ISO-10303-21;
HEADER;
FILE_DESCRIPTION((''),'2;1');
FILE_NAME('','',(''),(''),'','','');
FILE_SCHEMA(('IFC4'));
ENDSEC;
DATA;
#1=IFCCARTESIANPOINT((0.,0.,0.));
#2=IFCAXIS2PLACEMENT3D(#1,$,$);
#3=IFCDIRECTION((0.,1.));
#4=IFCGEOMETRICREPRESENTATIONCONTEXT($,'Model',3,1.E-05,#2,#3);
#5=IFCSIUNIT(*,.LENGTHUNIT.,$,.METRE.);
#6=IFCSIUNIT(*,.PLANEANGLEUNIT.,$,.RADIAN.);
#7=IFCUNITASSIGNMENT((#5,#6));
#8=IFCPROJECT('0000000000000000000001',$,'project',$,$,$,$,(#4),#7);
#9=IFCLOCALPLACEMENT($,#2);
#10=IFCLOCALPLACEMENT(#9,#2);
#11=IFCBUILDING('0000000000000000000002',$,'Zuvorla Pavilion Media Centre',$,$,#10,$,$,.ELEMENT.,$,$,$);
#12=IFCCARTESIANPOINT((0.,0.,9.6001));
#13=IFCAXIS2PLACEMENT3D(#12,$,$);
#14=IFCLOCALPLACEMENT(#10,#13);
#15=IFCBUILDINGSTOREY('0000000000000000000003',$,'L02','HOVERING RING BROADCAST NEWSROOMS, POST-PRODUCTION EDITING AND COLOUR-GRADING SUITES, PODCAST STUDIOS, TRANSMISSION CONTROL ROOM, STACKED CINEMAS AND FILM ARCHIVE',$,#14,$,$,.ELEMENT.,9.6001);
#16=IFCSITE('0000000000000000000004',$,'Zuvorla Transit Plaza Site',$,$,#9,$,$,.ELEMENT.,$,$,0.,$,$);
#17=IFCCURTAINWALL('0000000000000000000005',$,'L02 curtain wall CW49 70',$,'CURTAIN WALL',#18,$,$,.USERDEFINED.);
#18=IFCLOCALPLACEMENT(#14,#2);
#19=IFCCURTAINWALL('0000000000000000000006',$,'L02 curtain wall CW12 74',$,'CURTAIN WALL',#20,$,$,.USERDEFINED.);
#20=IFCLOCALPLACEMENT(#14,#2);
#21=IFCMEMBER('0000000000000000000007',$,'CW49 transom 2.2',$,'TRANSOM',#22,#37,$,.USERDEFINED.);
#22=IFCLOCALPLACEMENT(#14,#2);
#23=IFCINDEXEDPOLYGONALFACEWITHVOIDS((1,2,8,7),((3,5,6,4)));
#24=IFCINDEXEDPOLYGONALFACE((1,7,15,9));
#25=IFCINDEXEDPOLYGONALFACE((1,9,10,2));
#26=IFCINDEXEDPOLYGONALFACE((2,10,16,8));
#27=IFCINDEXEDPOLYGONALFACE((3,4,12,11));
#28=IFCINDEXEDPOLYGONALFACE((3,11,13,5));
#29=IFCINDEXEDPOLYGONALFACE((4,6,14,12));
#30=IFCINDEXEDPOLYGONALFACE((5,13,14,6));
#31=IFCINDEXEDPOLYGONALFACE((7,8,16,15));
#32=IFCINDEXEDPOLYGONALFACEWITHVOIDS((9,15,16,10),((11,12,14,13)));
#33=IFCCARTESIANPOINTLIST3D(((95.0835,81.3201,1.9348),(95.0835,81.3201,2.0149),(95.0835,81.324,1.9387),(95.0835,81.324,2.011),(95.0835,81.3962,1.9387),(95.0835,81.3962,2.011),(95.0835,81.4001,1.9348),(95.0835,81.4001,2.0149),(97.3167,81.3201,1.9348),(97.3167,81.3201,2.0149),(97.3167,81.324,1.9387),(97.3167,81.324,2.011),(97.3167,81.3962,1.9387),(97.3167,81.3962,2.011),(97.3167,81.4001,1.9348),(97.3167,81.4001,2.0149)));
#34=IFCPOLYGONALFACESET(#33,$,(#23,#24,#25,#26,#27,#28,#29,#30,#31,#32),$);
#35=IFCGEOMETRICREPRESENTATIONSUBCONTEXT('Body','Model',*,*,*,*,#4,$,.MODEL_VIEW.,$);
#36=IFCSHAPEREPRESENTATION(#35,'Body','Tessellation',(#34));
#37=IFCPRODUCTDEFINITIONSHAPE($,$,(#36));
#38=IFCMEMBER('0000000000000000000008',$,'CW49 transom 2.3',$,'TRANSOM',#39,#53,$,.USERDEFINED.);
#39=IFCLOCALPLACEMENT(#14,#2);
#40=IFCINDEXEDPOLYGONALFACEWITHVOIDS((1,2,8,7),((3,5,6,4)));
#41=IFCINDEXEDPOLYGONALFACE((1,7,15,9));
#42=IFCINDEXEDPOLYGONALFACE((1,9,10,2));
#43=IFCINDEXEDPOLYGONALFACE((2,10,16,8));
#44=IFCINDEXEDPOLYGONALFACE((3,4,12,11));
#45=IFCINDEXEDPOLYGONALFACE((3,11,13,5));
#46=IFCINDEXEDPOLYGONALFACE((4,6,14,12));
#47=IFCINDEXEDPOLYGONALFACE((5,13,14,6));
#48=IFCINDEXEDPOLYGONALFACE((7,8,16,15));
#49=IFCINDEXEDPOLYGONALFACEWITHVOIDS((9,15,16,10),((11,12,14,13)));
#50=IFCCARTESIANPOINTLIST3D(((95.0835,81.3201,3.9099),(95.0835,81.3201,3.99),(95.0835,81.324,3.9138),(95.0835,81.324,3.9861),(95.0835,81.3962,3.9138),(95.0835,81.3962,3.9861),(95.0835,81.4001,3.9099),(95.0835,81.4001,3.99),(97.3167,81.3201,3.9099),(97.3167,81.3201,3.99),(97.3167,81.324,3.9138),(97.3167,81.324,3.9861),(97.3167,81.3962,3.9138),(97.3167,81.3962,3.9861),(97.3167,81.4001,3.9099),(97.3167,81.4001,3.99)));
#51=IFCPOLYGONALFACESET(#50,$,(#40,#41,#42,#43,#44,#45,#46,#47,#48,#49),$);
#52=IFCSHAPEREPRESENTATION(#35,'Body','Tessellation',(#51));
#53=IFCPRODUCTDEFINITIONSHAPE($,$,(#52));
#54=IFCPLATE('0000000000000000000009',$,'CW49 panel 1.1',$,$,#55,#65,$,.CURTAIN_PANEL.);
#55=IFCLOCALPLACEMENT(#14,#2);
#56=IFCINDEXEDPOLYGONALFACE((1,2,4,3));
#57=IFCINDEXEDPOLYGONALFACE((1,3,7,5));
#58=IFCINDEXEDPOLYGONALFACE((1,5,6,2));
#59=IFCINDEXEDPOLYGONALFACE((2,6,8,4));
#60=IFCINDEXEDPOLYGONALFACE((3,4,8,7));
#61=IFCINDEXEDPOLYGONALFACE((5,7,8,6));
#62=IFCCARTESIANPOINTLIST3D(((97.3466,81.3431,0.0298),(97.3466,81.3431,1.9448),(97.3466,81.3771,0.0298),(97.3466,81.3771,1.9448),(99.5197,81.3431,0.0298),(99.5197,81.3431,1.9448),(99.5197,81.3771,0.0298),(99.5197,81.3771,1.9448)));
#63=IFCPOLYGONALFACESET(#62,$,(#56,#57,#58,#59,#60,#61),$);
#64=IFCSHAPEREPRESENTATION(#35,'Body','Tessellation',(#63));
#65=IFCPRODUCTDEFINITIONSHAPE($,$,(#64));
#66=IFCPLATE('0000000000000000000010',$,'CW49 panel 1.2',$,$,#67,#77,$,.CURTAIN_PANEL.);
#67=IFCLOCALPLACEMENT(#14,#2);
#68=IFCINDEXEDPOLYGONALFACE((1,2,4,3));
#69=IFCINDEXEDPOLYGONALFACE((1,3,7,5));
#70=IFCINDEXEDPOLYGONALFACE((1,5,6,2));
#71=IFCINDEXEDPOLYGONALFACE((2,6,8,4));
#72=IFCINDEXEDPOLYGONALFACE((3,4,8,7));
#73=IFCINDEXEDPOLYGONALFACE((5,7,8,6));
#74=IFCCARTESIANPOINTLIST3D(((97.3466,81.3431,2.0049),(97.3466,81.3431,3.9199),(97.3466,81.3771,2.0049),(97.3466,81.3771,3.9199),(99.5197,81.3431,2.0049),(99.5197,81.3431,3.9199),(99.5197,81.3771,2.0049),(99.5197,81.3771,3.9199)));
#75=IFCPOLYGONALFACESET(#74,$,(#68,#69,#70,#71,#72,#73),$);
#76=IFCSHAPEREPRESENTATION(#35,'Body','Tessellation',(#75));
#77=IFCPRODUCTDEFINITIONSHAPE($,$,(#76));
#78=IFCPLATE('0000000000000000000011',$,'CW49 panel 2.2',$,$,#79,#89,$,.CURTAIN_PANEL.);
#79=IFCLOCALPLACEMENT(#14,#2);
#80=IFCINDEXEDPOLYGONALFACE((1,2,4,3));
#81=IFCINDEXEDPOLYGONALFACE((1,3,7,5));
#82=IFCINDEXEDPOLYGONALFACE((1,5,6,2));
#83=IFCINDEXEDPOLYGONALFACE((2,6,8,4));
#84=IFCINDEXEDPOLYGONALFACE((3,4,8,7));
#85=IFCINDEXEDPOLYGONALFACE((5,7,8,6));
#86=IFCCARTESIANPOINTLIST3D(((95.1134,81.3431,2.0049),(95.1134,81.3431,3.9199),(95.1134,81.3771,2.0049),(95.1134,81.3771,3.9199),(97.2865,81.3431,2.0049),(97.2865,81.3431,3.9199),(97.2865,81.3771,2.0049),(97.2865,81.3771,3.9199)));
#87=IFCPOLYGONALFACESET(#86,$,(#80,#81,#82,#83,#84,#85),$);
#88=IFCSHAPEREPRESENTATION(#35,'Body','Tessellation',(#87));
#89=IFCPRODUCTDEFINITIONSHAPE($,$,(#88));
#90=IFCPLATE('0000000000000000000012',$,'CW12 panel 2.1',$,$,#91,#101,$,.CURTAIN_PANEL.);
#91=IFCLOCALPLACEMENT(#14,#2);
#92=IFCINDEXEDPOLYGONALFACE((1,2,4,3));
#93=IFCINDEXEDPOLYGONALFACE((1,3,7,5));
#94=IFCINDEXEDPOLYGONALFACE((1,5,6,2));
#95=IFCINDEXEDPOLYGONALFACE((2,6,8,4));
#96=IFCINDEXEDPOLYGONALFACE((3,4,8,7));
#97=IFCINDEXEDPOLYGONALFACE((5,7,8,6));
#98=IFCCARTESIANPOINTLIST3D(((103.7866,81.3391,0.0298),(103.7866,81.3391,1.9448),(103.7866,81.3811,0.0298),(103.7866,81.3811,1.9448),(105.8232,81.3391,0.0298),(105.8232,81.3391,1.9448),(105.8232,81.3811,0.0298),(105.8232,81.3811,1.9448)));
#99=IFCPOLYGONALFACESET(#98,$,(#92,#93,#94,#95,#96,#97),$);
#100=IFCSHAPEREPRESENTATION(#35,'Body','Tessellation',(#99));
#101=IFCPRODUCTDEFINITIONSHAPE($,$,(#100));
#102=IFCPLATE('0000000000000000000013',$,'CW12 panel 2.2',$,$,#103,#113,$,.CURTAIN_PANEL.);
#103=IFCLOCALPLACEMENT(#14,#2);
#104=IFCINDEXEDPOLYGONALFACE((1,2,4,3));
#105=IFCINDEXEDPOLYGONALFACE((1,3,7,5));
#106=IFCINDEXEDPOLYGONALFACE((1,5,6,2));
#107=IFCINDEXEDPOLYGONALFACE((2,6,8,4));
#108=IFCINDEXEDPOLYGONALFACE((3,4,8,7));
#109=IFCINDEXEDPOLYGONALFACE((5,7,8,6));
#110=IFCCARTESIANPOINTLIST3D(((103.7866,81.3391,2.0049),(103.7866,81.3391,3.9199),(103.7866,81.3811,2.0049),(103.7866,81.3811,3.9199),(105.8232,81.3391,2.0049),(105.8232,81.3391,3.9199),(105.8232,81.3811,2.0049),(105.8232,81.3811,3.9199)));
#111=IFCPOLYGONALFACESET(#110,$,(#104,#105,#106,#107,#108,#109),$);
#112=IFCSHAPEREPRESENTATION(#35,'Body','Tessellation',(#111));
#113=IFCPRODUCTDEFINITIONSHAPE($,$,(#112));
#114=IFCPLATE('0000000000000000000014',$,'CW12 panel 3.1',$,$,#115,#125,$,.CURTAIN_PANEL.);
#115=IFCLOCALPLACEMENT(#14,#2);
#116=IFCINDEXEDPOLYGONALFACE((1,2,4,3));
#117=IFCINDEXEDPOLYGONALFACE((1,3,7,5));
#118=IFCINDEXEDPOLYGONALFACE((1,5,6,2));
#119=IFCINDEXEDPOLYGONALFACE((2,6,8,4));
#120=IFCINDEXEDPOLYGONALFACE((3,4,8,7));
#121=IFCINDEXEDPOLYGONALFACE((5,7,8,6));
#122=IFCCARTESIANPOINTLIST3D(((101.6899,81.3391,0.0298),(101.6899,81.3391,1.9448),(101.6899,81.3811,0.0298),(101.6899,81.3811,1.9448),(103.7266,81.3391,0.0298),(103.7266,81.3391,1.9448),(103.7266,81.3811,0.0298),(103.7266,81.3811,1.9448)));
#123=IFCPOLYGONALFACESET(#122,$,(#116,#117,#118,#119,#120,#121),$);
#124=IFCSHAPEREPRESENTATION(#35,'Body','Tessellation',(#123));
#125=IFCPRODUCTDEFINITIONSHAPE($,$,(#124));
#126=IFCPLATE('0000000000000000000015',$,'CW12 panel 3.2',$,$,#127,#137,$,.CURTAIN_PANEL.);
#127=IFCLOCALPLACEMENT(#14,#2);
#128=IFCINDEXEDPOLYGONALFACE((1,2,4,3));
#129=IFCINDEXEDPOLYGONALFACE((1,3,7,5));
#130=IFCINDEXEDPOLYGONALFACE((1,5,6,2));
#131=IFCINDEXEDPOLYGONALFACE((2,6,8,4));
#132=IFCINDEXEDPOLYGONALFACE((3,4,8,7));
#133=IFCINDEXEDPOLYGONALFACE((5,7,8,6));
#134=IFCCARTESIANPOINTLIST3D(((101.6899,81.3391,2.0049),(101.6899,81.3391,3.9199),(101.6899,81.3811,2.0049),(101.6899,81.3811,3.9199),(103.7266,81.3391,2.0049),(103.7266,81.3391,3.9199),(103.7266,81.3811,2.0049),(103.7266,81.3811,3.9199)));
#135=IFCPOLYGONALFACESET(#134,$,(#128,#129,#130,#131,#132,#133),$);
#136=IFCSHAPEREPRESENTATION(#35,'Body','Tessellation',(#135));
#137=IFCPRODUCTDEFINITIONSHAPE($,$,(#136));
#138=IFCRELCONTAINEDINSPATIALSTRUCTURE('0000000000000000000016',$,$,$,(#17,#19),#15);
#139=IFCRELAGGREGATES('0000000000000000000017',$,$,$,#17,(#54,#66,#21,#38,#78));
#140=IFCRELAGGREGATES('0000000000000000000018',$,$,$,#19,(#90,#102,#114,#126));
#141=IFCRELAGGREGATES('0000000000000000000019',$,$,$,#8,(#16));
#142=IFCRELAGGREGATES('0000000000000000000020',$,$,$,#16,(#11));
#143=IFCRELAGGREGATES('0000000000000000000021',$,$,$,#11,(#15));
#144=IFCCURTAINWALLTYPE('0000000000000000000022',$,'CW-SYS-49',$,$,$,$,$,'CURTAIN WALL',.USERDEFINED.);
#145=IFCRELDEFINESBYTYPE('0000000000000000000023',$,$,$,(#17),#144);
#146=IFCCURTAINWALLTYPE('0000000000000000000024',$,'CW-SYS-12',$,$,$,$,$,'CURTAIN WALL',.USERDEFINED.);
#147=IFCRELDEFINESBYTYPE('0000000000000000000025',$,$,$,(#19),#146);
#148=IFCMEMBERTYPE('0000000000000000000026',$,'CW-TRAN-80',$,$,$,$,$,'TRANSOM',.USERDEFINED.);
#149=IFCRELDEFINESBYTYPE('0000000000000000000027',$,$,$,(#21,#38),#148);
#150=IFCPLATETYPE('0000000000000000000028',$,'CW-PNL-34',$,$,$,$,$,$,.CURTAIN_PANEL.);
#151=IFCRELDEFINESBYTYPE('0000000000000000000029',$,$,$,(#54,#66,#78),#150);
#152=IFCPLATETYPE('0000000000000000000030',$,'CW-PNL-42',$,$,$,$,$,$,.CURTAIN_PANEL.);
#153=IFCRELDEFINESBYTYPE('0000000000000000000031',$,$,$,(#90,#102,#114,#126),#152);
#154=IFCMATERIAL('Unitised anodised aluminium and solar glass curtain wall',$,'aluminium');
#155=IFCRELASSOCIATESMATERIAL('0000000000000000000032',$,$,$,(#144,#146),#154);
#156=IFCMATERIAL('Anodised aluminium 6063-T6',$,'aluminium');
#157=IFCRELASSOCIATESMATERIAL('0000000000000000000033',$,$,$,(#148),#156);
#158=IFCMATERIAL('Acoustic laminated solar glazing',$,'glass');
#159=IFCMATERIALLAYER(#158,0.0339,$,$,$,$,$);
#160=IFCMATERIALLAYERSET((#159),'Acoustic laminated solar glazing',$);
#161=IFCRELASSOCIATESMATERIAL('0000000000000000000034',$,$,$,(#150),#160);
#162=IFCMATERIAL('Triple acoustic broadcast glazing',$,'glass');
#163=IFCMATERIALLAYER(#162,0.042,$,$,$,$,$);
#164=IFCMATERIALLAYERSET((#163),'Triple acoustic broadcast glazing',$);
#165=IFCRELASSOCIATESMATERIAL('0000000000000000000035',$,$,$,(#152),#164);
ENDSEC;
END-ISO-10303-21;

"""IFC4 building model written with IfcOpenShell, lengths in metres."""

from ifc_helpers import new_model, si_unit, direction, frame, origin, origin_2d, place, context, subcontext, project, spatial, rectangle, hollow_rectangle, extrude, material, layer, layer_set, material_profile, profile_set, type_object, element, aggregate, save


model = new_model("IFC4")

# Units and contexts
model_context = context("Model", 3, precision=1e-05, world=origin(), true_north=direction((0.0, 1.0)))
body_context = subcontext(model_context, "Body", "Model", "MODEL_VIEW")
ifc_project = project(units=[si_unit("LENGTHUNIT", "METRE"), si_unit("PLANEANGLEUNIT", "RADIAN")], contexts=[model_context])

# Site, building, storey
site_placement = place(None, origin())
site = spatial("IfcSite", under=ifc_project, at=site_placement, Name="Zuvorla Transit Plaza Site", CompositionType="ELEMENT", RefElevation=0.0)
building_placement = place(site_placement, origin())
building = spatial("IfcBuilding", under=site, at=building_placement, Name="Zuvorla Pavilion Media Centre", CompositionType="ELEMENT")
storey_placement = place(building_placement, frame((0.0, 0.0, 9.6001)))
storey = spatial("IfcBuildingStorey", under=building, at=storey_placement, Name="L02", Description="HOVERING RING BROADCAST NEWSROOMS, POST-PRODUCTION EDITING AND COLOUR-GRADING SUITES, PODCAST STUDIOS, TRANSMISSION CONTROL ROOM, STACKED CINEMAS AND FILM ARCHIVE", CompositionType="ELEMENT", Elevation=9.6001)

# Curtain walls
ifc_material_1 = material(Name="Unitised anodised aluminium and solar glass curtain wall", Category="aluminium")
curtain_wall_type_1 = type_object("IfcCurtainWallType", Name="CW-SYS-49", ElementType="CURTAIN WALL", PredefinedType="USERDEFINED", material=ifc_material_1)
curtain_wall_1_placement = place(storey_placement, origin())
curtain_wall_1 = element("IfcCurtainWall", 1, at=curtain_wall_1_placement, inside=storey, type_object=curtain_wall_type_1, Name="L02 curtain wall CW49 70", ObjectType="CURTAIN WALL", PredefinedType="USERDEFINED")
ifc_material_2 = material(Name="Anodised aluminium 6063-T6", Category="aluminium")
curtain_wall_type_2 = type_object("IfcCurtainWallType", Name="CW-SYS-12", ElementType="CURTAIN WALL", PredefinedType="USERDEFINED", material=ifc_material_1)
curtain_wall_2_placement = place(storey_placement, origin())
curtain_wall_2 = element("IfcCurtainWall", 2, at=curtain_wall_2_placement, inside=storey, type_object=curtain_wall_type_2, Name="L02 curtain wall CW12 74", ObjectType="CURTAIN WALL", PredefinedType="USERDEFINED")

# Members
ifc_material_profile_1 = material_profile(ifc_material_2, hollow_rectangle(XDim=0.0801, YDim=0.0801, WallThickness=0.0039, at=origin_2d()), Name="ALU TRAN 80x80")
ifc_profile_set_1 = profile_set([ifc_material_profile_1], Name="Anodised aluminium 6063-T6")
member_type_1 = type_object("IfcMemberType", Name="CW-TRAN-80", ElementType="TRANSOM", PredefinedType="USERDEFINED", material=ifc_profile_set_1)
member_1_placement = place(storey_placement, frame((97.3167, 81.3601, 1.9749), z_axis=(-1.0, 0.0, 0.0), x_axis=(0.0, -1.0, 0.0)))
member_1 = element("IfcMember", 3, at=member_1_placement, type_object=member_type_1, Name="CW49 transom 2.2", ObjectType="TRANSOM", PredefinedType="USERDEFINED", context=body_context, shape_type="SweptSolid", body=[
    extrude(hollow_rectangle(XDim=0.0801, YDim=0.0801, WallThickness=0.0039, at=origin_2d()), origin(), (0.0, 0.0, 1.0), 2.2332),
])
member_2_placement = place(storey_placement, frame((97.3167, 81.3601, 3.95), z_axis=(-1.0, 0.0, 0.0), x_axis=(0.0, -1.0, 0.0)))
member_2 = element("IfcMember", 4, at=member_2_placement, type_object=member_type_1, Name="CW49 transom 2.3", ObjectType="TRANSOM", PredefinedType="USERDEFINED", context=body_context, shape_type="SweptSolid", body=[
    extrude(hollow_rectangle(XDim=0.0801, YDim=0.0801, WallThickness=0.0039, at=origin_2d()), origin(), (0.0, 0.0, 1.0), 2.2332),
])

# Plates
ifc_material_3 = material(Name="Acoustic laminated solar glazing", Category="glass")
ifc_layer_1 = layer(ifc_material_3, 0.0339)
ifc_layer_set_1 = layer_set([ifc_layer_1], Name="Acoustic laminated solar glazing")
plate_type_1 = type_object("IfcPlateType", Name="CW-PNL-34", PredefinedType="CURTAIN_PANEL", material=ifc_layer_set_1)
plate_1_placement = place(storey_placement, frame((98.4331, 81.3601, 0.0298), z_axis=(0.0, 0.0, 1.0), x_axis=(-1.0, 0.0, 0.0)))
plate_1 = element("IfcPlate", 5, at=plate_1_placement, type_object=plate_type_1, Name="CW49 panel 1.1", PredefinedType="CURTAIN_PANEL", context=body_context, shape_type="SweptSolid", body=[
    extrude(rectangle(XDim=2.1731, YDim=0.0339, at=origin_2d()), origin(), (0.0, 0.0, 1.0), 1.915),
])
plate_2_placement = place(storey_placement, frame((98.4331, 81.3601, 2.0049), z_axis=(0.0, 0.0, 1.0), x_axis=(-1.0, 0.0, 0.0)))
plate_2 = element("IfcPlate", 6, at=plate_2_placement, type_object=plate_type_1, Name="CW49 panel 1.2", PredefinedType="CURTAIN_PANEL", context=body_context, shape_type="SweptSolid", body=[
    extrude(rectangle(XDim=2.1731, YDim=0.0339, at=origin_2d()), origin(), (0.0, 0.0, 1.0), 1.915),
])
plate_3_placement = place(storey_placement, frame((96.2, 81.3601, 2.0049), z_axis=(0.0, 0.0, 1.0), x_axis=(-1.0, 0.0, 0.0)))
plate_3 = element("IfcPlate", 7, at=plate_3_placement, type_object=plate_type_1, Name="CW49 panel 2.2", PredefinedType="CURTAIN_PANEL", context=body_context, shape_type="SweptSolid", body=[
    extrude(rectangle(XDim=2.1731, YDim=0.0339, at=origin_2d()), origin(), (0.0, 0.0, 1.0), 1.915),
])
aggregate(curtain_wall_1, [plate_1, plate_2, member_1, member_2, plate_3])
ifc_material_4 = material(Name="Triple acoustic broadcast glazing", Category="glass")
ifc_layer_2 = layer(ifc_material_4, 0.042)
ifc_layer_set_2 = layer_set([ifc_layer_2], Name="Triple acoustic broadcast glazing")
plate_type_2 = type_object("IfcPlateType", Name="CW-PNL-42", PredefinedType="CURTAIN_PANEL", material=ifc_layer_set_2)
plate_4_placement = place(storey_placement, frame((104.8049, 81.3601, 0.0298), z_axis=(0.0, 0.0, 1.0), x_axis=(-1.0, 0.0, 0.0)))
plate_4 = element("IfcPlate", 8, at=plate_4_placement, type_object=plate_type_2, Name="CW12 panel 2.1", PredefinedType="CURTAIN_PANEL", context=body_context, shape_type="SweptSolid", body=[
    extrude(rectangle(XDim=2.0366, YDim=0.042, at=origin_2d()), origin(), (0.0, 0.0, 1.0), 1.915),
])
plate_5_placement = place(storey_placement, frame((104.8049, 81.3601, 2.0049), z_axis=(0.0, 0.0, 1.0), x_axis=(-1.0, 0.0, 0.0)))
plate_5 = element("IfcPlate", 9, at=plate_5_placement, type_object=plate_type_2, Name="CW12 panel 2.2", PredefinedType="CURTAIN_PANEL", context=body_context, shape_type="SweptSolid", body=[
    extrude(rectangle(XDim=2.0366, YDim=0.042, at=origin_2d()), origin(), (0.0, 0.0, 1.0), 1.915),
])
plate_6_placement = place(storey_placement, frame((102.7083, 81.3601, 0.0298), z_axis=(0.0, 0.0, 1.0), x_axis=(-1.0, 0.0, 0.0)))
plate_6 = element("IfcPlate", 10, at=plate_6_placement, type_object=plate_type_2, Name="CW12 panel 3.1", PredefinedType="CURTAIN_PANEL", context=body_context, shape_type="SweptSolid", body=[
    extrude(rectangle(XDim=2.0366, YDim=0.042, at=origin_2d()), origin(), (0.0, 0.0, 1.0), 1.915),
])
plate_7_placement = place(storey_placement, frame((102.7083, 81.3601, 2.0049), z_axis=(0.0, 0.0, 1.0), x_axis=(-1.0, 0.0, 0.0)))
plate_7 = element("IfcPlate", 11, at=plate_7_placement, type_object=plate_type_2, Name="CW12 panel 3.2", PredefinedType="CURTAIN_PANEL", context=body_context, shape_type="SweptSolid", body=[
    extrude(rectangle(XDim=2.0366, YDim=0.042, at=origin_2d()), origin(), (0.0, 0.0, 1.0), 1.915),
])
aggregate(curtain_wall_2, [plate_4, plate_5, plate_6, plate_7])

save(model, "model.ifc")
